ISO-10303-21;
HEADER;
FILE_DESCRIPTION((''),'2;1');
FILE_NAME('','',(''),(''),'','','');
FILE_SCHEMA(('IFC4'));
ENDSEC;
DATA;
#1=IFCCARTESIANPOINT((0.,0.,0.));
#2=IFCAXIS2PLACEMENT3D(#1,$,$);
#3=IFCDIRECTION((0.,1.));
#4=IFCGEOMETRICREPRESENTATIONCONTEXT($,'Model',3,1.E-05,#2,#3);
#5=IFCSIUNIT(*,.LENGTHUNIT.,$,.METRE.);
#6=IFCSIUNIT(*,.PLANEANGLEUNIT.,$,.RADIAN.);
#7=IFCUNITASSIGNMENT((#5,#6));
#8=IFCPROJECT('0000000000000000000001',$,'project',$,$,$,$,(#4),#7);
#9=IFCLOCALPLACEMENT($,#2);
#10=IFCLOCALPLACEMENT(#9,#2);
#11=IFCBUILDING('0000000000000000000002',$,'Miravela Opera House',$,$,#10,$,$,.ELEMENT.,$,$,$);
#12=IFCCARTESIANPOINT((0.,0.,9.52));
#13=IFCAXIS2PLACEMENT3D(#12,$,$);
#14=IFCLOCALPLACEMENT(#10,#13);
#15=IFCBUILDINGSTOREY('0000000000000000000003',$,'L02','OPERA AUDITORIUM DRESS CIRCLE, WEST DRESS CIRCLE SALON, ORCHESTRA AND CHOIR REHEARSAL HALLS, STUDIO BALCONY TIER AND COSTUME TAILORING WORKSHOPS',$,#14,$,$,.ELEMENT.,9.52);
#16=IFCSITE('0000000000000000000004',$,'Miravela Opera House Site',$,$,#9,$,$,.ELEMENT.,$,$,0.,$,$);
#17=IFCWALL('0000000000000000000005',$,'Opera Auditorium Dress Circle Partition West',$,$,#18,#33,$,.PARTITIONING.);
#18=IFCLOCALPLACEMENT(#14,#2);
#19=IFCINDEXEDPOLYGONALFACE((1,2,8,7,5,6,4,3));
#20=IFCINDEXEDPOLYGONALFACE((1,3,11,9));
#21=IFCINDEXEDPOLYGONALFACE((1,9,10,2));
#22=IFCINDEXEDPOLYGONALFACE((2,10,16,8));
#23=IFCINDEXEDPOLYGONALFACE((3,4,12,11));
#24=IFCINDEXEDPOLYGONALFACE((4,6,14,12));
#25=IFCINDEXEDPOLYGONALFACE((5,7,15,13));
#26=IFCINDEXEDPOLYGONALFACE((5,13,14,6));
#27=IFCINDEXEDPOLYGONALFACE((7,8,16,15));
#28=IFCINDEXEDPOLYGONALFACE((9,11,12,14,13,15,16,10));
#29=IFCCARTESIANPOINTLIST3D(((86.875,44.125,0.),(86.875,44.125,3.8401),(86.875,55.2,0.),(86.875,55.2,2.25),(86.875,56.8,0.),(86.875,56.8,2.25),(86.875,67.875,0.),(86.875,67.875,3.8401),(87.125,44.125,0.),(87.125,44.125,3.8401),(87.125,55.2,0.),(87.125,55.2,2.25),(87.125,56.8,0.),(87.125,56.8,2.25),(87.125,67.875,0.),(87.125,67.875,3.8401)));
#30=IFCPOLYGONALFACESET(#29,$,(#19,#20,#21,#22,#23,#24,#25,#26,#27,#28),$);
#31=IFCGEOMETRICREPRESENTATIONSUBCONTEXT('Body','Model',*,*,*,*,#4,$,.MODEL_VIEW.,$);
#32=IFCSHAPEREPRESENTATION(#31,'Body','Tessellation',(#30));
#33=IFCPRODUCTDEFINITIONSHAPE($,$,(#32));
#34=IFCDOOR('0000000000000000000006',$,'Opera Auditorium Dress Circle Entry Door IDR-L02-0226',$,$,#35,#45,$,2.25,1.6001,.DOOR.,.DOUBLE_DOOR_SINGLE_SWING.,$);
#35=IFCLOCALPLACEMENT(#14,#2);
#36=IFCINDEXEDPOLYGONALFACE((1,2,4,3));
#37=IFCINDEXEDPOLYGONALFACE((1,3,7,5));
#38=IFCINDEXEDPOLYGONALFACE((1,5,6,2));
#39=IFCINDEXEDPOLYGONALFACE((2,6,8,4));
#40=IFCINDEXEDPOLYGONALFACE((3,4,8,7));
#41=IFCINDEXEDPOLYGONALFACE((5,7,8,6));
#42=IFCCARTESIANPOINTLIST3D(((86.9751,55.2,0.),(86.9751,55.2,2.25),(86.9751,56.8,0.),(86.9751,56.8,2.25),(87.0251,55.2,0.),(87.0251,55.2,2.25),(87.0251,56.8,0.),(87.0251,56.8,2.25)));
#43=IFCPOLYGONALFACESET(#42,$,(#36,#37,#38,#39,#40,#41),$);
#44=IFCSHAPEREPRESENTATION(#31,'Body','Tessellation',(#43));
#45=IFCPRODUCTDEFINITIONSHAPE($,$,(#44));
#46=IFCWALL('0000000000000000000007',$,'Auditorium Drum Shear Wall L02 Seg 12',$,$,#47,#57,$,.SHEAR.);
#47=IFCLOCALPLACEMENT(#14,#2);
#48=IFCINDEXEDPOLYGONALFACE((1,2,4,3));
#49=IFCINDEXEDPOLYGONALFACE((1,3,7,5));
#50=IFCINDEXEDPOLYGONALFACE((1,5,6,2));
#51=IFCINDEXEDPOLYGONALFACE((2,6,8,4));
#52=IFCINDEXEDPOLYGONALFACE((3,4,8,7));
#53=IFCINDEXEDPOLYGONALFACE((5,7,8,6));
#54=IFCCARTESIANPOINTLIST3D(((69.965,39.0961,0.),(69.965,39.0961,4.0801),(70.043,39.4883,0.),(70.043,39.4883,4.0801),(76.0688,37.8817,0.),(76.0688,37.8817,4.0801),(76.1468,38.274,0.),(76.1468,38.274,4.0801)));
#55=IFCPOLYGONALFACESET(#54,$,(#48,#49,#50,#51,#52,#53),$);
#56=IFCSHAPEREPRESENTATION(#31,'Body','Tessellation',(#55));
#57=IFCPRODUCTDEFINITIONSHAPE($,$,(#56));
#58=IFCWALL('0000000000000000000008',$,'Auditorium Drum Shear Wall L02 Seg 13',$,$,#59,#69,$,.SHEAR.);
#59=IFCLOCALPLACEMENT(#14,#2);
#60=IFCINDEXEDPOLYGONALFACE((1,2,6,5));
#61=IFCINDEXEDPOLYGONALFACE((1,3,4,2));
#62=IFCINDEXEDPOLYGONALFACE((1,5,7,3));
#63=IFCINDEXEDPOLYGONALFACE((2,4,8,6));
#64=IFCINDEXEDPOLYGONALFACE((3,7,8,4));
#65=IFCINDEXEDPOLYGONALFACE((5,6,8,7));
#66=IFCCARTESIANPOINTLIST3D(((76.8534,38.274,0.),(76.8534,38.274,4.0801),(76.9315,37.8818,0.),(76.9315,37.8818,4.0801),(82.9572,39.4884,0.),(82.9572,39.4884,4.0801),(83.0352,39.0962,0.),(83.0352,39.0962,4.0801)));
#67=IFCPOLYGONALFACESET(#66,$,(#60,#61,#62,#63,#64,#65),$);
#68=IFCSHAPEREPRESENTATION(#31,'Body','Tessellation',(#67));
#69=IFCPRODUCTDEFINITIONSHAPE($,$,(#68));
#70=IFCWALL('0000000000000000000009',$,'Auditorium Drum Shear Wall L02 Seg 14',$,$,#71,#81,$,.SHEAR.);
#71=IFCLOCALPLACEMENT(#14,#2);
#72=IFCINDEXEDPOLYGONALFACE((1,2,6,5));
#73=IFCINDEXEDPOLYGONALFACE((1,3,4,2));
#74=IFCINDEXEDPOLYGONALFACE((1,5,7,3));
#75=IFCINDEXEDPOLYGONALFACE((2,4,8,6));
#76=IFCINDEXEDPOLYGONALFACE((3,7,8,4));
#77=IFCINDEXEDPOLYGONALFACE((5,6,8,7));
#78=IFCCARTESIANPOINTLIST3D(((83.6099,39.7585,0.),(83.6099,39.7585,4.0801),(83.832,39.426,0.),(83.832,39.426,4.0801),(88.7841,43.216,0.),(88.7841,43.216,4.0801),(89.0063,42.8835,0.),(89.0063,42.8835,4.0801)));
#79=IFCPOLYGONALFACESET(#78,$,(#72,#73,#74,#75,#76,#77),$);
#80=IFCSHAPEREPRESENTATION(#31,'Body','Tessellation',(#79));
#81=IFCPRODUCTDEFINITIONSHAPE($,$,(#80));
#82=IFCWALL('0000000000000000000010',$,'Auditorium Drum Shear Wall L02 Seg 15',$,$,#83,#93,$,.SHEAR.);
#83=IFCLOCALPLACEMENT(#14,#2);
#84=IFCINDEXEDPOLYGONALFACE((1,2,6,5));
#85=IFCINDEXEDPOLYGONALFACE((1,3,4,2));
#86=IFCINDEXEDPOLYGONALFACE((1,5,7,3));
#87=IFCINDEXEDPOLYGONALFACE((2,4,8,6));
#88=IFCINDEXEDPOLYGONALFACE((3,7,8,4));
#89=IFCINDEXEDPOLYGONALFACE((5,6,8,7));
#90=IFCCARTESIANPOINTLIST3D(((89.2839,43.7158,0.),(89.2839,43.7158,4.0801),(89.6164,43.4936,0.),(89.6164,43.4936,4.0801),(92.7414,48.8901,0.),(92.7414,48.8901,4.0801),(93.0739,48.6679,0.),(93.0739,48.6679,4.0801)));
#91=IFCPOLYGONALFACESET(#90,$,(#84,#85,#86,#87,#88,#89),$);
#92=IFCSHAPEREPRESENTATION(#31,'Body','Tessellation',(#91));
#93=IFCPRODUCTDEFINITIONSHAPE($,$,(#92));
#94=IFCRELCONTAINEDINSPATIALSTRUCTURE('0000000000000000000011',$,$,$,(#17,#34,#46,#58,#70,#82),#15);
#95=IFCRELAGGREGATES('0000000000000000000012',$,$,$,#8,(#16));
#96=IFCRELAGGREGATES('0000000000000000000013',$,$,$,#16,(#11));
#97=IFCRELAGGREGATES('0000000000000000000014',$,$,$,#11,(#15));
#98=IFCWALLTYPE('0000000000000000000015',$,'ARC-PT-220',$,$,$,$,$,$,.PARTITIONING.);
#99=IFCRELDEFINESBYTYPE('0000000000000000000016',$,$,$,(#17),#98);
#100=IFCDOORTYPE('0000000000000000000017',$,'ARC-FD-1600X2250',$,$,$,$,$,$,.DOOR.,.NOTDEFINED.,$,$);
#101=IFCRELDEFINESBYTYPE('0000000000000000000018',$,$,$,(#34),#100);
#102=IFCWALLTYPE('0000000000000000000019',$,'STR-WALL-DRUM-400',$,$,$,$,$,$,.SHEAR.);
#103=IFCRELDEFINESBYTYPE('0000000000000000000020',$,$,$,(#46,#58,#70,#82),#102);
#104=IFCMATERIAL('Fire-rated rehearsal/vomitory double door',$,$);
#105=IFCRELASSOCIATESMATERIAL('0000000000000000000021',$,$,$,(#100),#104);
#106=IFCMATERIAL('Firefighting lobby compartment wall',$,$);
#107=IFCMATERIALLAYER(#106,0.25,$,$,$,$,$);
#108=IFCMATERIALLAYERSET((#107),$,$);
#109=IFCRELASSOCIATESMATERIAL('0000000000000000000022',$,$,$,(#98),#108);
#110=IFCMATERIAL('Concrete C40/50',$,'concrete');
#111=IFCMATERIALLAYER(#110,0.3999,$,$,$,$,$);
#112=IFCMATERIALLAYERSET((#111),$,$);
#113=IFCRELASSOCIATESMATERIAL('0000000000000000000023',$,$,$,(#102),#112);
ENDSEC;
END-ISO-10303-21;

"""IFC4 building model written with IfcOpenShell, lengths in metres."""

from ifc_helpers import new_model, si_unit, direction, frame, frame_2d, origin, place, context, subcontext, project, spatial, rectangle, extrude, material, layer, layer_set, type_object, element, fill, save


model = new_model("IFC4")

# Units and contexts
model_context = context("Model", 3, precision=1e-05, world=origin(), true_north=direction((0.0, 1.0)))
body_context = subcontext(model_context, "Body", "Model", "MODEL_VIEW")
ifc_project = project(units=[si_unit("LENGTHUNIT", "METRE"), si_unit("PLANEANGLEUNIT", "RADIAN")], contexts=[model_context])

# Site, building, storey
site_placement = place(None, origin())
site = spatial("IfcSite", under=ifc_project, at=site_placement, Name="Miravela Opera House Site", CompositionType="ELEMENT", RefElevation=0.0)
building_placement = place(site_placement, origin())
building = spatial("IfcBuilding", under=site, at=building_placement, Name="Miravela Opera House", CompositionType="ELEMENT")
storey_placement = place(building_placement, frame((0.0, 0.0, 9.52)))
storey = spatial("IfcBuildingStorey", under=building, at=storey_placement, Name="L02", Description="OPERA AUDITORIUM DRESS CIRCLE, WEST DRESS CIRCLE SALON, ORCHESTRA AND CHOIR REHEARSAL HALLS, STUDIO BALCONY TIER AND COSTUME TAILORING WORKSHOPS", CompositionType="ELEMENT", Elevation=9.52)

# Shared definitions
ifc_material_1 = material(Name="Concrete C40/50", Category="concrete")

# Shared definitions
ifc_material_2 = material(Name="Fire-rated rehearsal/vomitory double door")
door_type_1 = type_object("IfcDoorType", Name="ARC-FD-1600X2250", OperationType="NOTDEFINED", PredefinedType="DOOR", material=ifc_material_2)

# Shared definitions
ifc_material_3 = material(Name="Firefighting lobby compartment wall")
ifc_layer_1 = layer(ifc_material_3, 0.25)
ifc_layer_set_1 = layer_set([ifc_layer_1])
wall_type_1 = type_object("IfcWallType", Name="ARC-PT-220", PredefinedType="PARTITIONING", material=ifc_layer_set_1)

# Wall, opening, door
wall_1_placement = place(storey_placement, frame((87.0, 44.125, 0.0), z_axis=(0.0, 0.0, 1.0), x_axis=(0.0, 1.0, 0.0)))
wall_1 = element("IfcWall", 1, at=wall_1_placement, inside=storey, type_object=wall_type_1, Name="Opera Auditorium Dress Circle Partition West", PredefinedType="PARTITIONING", context=body_context, shape_type="SweptSolid", body=[
    extrude(rectangle(XDim=23.75, YDim=0.25, at=frame_2d((11.875, 0.0))), origin(), (0.0, 0.0, 1.0), 3.8401),
])
opening_1_placement = place(wall_1_placement, frame((11.075, 0.0, 0.0)))
opening_1 = element("IfcOpeningElement", 2, at=opening_1_placement, cuts=wall_1, PredefinedType="OPENING", context=body_context, shape_type="SweptSolid", body=[
    extrude(rectangle(XDim=1.6001, YDim=2.25, at=frame_2d((0.8, 1.125))), frame((0.0, 0.135, 0.0), z_axis=(0.0, -1.0, 0.0), x_axis=(1.0, 0.0, 0.0)), (0.0, 0.0, 1.0), 0.27),
])
door_1_placement = place(opening_1_placement, origin())
door_1 = element("IfcDoor", 3, at=door_1_placement, inside=storey, type_object=door_type_1, Name="Opera Auditorium Dress Circle Entry Door IDR-L02-0226", OperationType="DOUBLE_DOOR_SINGLE_SWING", OverallHeight=2.25, OverallWidth=1.6001, PredefinedType="DOOR", context=body_context, shape_type="SweptSolid", body=[
    extrude(rectangle(XDim=1.6001, YDim=2.25, at=frame_2d((0.8, 1.125))), frame((0.0, 0.0249, 0.0), z_axis=(0.0, -1.0, 0.0), x_axis=(1.0, 0.0, 0.0)), (0.0, 0.0, 1.0), 0.05),
])
fill(opening_1, door_1)

# Walls
ifc_layer_2 = layer(ifc_material_1, 0.3999)
ifc_layer_set_2 = layer_set([ifc_layer_2])
wall_type_2 = type_object("IfcWallType", Name="STR-WALL-DRUM-400", PredefinedType="SHEAR", material=ifc_layer_set_2)
for number, where, z_axis, x_axis, name in (
    (4, (70.0039, 39.2922, 0.0), (0.0, 0.0, 1.0), (0.980778, -0.195128, 0.0), "Auditorium Drum Shear Wall L02 Seg 12"),
    (5, (76.8923, 38.0779, 0.0), (0.0, 0.0, 1.0), (0.980778, 0.195128, 0.0), "Auditorium Drum Shear Wall L02 Seg 13"),
):
    element("IfcWall", number, at=place(storey_placement, frame(where, z_axis=z_axis, x_axis=x_axis)), inside=storey, type_object=wall_type_2, Name=name, PredefinedType="SHEAR", context=body_context, shape_type="SweptSolid", body=[
        extrude(rectangle(XDim=6.2234, YDim=0.3999, at=frame_2d((3.1118, 0.0))), origin(), (0.0, 0.0, 1.0), 4.0801),
    ])
for number, where, z_axis, x_axis, name in (
    (6, (83.7209, 39.5923, 0.0), (0.0, 0.0, 1.0), (0.831458, 0.555587, 0.0), "Auditorium Drum Shear Wall L02 Seg 14"),
    (7, (89.4502, 43.6047, 0.0), (0.0, 0.0, 1.0), (0.555587, 0.831458, 0.0), "Auditorium Drum Shear Wall L02 Seg 15"),
):
    element("IfcWall", number, at=place(storey_placement, frame(where, z_axis=z_axis, x_axis=x_axis)), inside=storey, type_object=wall_type_2, Name=name, PredefinedType="SHEAR", context=body_context, shape_type="SweptSolid", body=[
        extrude(rectangle(XDim=6.2231, YDim=0.3999, at=frame_2d((3.1116, 0.0))), origin(), (0.0, 0.0, 1.0), 4.0801),
    ])

save(model, "model.ifc")
